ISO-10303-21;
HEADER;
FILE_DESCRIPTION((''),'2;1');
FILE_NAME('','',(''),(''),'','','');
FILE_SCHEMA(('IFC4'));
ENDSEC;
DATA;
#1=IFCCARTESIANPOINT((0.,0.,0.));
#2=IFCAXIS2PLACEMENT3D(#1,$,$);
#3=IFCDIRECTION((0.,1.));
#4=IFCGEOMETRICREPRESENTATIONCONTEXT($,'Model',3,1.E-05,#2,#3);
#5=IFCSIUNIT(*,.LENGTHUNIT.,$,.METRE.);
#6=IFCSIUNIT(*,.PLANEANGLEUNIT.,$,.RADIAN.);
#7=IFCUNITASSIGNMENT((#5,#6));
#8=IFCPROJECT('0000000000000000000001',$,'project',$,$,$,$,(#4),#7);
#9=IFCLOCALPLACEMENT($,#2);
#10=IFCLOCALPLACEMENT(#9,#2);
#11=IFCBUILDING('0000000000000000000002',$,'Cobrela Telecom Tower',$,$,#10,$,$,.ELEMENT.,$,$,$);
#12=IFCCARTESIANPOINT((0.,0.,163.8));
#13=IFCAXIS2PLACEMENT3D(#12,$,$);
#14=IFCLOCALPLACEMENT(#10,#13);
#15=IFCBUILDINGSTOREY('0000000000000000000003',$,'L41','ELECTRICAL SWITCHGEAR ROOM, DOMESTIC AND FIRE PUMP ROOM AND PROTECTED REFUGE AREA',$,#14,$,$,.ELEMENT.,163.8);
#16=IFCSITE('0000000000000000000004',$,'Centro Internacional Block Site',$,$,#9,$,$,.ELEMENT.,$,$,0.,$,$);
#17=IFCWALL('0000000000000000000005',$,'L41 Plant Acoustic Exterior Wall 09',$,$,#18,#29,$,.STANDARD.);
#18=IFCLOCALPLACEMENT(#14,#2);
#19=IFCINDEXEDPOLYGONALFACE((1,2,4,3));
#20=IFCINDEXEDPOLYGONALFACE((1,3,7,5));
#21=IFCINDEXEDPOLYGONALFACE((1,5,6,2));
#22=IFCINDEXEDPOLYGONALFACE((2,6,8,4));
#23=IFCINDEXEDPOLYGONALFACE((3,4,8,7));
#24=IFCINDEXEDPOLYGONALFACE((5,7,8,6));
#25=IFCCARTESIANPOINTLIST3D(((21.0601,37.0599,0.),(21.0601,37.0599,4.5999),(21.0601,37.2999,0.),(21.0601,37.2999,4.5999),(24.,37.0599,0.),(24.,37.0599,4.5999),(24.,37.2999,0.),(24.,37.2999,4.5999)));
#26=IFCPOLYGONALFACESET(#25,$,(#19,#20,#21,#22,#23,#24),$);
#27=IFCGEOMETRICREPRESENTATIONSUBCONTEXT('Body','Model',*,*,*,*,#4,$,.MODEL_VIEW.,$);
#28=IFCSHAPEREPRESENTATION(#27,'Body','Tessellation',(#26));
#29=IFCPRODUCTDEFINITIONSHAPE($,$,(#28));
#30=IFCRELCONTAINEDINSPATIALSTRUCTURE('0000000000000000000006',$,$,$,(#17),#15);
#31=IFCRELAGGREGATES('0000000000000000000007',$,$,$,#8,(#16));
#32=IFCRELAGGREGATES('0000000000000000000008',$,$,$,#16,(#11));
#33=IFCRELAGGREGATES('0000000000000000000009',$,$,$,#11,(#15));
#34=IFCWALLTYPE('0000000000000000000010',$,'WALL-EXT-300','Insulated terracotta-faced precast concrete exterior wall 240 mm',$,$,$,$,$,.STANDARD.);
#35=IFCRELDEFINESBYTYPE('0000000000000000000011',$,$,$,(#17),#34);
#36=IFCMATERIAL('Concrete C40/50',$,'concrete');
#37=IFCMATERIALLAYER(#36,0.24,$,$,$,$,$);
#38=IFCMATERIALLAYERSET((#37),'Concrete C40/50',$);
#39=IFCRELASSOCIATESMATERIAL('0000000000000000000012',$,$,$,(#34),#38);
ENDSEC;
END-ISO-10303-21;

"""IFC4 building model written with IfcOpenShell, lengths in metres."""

from ifc_helpers import new_model, si_unit, direction, frame, frame_2d, origin, place, context, subcontext, project, spatial, rectangle, extrude, material, layer, layer_set, type_object, element, save


model = new_model("IFC4")

# Units and contexts
model_context = context("Model", 3, precision=1e-05, world=origin(), true_north=direction((0.0, 1.0)))
body_context = subcontext(model_context, "Body", "Model", "MODEL_VIEW")
ifc_project = project(units=[si_unit("LENGTHUNIT", "METRE"), si_unit("PLANEANGLEUNIT", "RADIAN")], contexts=[model_context])

# Site, building, storey
site_placement = place(None, origin())
site = spatial("IfcSite", under=ifc_project, at=site_placement, Name="Centro Internacional Block Site", CompositionType="ELEMENT", RefElevation=0.0)
building_placement = place(site_placement, origin())
building = spatial("IfcBuilding", under=site, at=building_placement, Name="Cobrela Telecom Tower", CompositionType="ELEMENT")
storey_placement = place(building_placement, frame((0.0, 0.0, 163.8)))
storey = spatial("IfcBuildingStorey", under=building, at=storey_placement, Name="L41", Description="ELECTRICAL SWITCHGEAR ROOM, DOMESTIC AND FIRE PUMP ROOM AND PROTECTED REFUGE AREA", CompositionType="ELEMENT", Elevation=163.8)

# Wall
ifc_material_1 = material(Name="Concrete C40/50", Category="concrete")
ifc_layer_1 = layer(ifc_material_1, 0.24)
ifc_layer_set_1 = layer_set([ifc_layer_1], Name="Concrete C40/50")
wall_type_1 = type_object("IfcWallType", Name="WALL-EXT-300", Description="Insulated terracotta-faced precast concrete exterior wall 240 mm", PredefinedType="STANDARD", material=ifc_layer_set_1)
wall_1_placement = place(storey_placement, frame((21.0601, 37.1799, 0.0), z_axis=(0.0, 0.0, 1.0), x_axis=(1.0, 0.0, 0.0)))
element("IfcWall", 1, at=wall_1_placement, inside=storey, type_object=wall_type_1, Name="L41 Plant Acoustic Exterior Wall 09", PredefinedType="STANDARD", context=body_context, shape_type="SweptSolid", body=[
    extrude(rectangle(XDim=2.9399, YDim=0.24, at=frame_2d((1.47, 0.0))), origin(), (0.0, 0.0, 1.0), 4.5999),
])

save(model, "model.ifc")
